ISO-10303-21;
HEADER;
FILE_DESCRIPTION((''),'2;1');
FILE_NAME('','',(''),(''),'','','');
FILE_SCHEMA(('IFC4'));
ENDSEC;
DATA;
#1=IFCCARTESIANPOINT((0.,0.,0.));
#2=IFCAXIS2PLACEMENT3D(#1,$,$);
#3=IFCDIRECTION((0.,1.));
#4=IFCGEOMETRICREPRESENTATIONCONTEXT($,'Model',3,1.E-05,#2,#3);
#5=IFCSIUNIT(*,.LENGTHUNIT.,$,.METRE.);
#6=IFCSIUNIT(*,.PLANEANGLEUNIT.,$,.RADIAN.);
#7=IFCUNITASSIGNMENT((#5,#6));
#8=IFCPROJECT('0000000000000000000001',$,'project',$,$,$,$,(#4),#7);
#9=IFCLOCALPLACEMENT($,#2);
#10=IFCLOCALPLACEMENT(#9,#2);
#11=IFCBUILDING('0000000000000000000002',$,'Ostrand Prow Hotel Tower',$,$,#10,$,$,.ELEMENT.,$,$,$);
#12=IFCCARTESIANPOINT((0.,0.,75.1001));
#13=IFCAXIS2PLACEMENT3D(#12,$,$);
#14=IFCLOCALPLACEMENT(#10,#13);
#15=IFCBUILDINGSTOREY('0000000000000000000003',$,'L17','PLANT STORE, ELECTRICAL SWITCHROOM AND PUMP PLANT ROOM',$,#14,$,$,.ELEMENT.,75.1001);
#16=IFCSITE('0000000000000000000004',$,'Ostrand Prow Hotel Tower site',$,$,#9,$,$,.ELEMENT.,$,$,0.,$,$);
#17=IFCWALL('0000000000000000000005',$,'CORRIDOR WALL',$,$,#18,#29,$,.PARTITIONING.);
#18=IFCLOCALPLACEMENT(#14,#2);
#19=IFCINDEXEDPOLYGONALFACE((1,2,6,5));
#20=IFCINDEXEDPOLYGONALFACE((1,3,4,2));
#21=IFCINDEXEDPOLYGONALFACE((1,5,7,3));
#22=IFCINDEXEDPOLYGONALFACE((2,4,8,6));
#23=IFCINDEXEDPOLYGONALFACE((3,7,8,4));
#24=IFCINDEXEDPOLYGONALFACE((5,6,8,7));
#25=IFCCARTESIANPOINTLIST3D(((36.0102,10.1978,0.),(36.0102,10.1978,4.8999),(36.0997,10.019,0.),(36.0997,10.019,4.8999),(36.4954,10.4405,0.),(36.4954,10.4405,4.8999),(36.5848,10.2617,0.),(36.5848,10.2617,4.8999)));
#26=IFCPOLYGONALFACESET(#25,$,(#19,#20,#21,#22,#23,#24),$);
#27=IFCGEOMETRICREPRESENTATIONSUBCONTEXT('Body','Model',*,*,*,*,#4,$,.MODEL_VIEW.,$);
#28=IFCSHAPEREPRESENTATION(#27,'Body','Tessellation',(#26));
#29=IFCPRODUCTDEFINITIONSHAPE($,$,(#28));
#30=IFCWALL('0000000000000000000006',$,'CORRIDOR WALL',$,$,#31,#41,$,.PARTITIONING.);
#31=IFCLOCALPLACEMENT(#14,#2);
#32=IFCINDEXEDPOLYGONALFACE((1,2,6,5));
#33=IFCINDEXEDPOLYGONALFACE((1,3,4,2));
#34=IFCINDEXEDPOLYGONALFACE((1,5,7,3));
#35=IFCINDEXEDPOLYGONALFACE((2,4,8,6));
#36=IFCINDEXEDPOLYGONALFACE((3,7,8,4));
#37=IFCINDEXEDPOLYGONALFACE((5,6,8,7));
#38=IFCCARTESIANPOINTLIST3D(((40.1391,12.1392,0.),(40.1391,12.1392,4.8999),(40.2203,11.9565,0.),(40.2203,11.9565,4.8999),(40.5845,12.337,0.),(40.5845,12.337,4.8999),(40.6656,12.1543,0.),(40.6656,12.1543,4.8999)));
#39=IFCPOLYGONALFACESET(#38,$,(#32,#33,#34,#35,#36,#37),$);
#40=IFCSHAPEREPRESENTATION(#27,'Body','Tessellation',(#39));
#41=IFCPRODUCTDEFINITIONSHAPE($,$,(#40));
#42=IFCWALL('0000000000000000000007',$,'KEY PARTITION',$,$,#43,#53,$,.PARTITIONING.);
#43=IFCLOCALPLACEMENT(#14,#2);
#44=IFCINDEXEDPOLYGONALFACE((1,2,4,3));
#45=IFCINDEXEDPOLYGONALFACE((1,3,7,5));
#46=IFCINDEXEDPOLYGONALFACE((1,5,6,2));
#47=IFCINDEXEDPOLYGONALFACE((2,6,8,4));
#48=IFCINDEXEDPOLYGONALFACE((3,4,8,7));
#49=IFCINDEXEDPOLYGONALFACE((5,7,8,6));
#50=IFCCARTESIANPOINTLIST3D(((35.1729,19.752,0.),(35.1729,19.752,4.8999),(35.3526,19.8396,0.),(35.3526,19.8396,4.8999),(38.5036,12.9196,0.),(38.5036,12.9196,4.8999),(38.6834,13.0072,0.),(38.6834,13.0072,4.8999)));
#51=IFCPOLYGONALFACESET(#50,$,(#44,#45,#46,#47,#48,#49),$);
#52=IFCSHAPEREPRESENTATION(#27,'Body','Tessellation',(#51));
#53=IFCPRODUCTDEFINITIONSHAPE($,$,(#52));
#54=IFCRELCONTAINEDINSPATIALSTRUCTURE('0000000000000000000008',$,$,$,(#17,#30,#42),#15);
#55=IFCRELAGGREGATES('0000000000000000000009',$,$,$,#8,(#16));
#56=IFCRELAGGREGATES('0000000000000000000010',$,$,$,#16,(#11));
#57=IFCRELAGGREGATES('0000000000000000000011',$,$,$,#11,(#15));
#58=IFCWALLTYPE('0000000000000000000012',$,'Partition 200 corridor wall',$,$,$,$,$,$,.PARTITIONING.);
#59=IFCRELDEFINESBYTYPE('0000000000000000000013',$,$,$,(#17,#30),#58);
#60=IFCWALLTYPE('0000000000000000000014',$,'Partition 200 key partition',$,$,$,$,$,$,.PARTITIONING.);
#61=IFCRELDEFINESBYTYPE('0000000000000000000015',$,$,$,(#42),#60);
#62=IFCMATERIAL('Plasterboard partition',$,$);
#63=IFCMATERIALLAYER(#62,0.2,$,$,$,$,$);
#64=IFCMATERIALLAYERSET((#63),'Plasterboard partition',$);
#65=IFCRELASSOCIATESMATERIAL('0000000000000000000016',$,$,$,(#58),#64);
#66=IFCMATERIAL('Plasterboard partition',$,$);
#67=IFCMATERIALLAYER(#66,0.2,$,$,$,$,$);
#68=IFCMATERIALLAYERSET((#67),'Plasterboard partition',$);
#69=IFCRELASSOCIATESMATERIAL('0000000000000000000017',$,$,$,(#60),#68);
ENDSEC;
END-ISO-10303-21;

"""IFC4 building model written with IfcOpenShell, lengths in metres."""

from ifc_helpers import new_model, si_unit, direction, frame, frame_2d, origin, place, context, subcontext, project, spatial, rectangle, extrude, material, layer, layer_set, type_object, element, save


model = new_model("IFC4")

# Units and contexts
model_context = context("Model", 3, precision=1e-05, world=origin(), true_north=direction((0.0, 1.0)))
body_context = subcontext(model_context, "Body", "Model", "MODEL_VIEW")
ifc_project = project(units=[si_unit("LENGTHUNIT", "METRE"), si_unit("PLANEANGLEUNIT", "RADIAN")], contexts=[model_context])

# Site, building, storey
site_placement = place(None, origin())
site = spatial("IfcSite", under=ifc_project, at=site_placement, Name="Ostrand Prow Hotel Tower site", CompositionType="ELEMENT", RefElevation=0.0)
building_placement = place(site_placement, origin())
building = spatial("IfcBuilding", under=site, at=building_placement, Name="Ostrand Prow Hotel Tower", CompositionType="ELEMENT")
storey_placement = place(building_placement, frame((0.0, 0.0, 75.1001)))
storey = spatial("IfcBuildingStorey", under=building, at=storey_placement, Name="L17", Description="PLANT STORE, ELECTRICAL SWITCHROOM AND PUMP PLANT ROOM", CompositionType="ELEMENT", Elevation=75.1001)

# Shared definitions
ifc_material_1 = material(Name="Plasterboard partition")
ifc_layer_1 = layer(ifc_material_1, 0.2)
ifc_layer_set_1 = layer_set([ifc_layer_1], Name="Plasterboard partition")
wall_type_1 = type_object("IfcWallType", Name="Partition 200 corridor wall", PredefinedType="PARTITIONING", material=ifc_layer_set_1)

# Walls
wall_1_placement = place(storey_placement, frame((36.0549, 10.1084, 0.0), z_axis=(0.0, 0.0, 1.0), x_axis=(0.894337, 0.447394, 0.0)))
element("IfcWall", 1, at=wall_1_placement, inside=storey, type_object=wall_type_1, Name="CORRIDOR WALL", PredefinedType="PARTITIONING", context=body_context, shape_type="SweptSolid", body=[
    extrude(rectangle(XDim=0.5425, YDim=0.2, at=frame_2d((0.2712, 0.0))), origin(), (0.0, 0.0, 1.0), 4.8999),
])
wall_2_placement = place(storey_placement, frame((40.1797, 12.0479, 0.0), z_axis=(0.0, 0.0, 1.0), x_axis=(0.913935, 0.40586, 0.0)))
element("IfcWall", 2, at=wall_2_placement, inside=storey, type_object=wall_type_1, Name="CORRIDOR WALL", PredefinedType="PARTITIONING", context=body_context, shape_type="SweptSolid", body=[
    extrude(rectangle(XDim=0.4873, YDim=0.2, at=frame_2d((0.2437, 0.0))), origin(), (0.0, 0.0, 1.0), 4.8999),
])
ifc_material_2 = material(Name="Plasterboard partition")
ifc_layer_2 = layer(ifc_material_2, 0.2)
ifc_layer_set_2 = layer_set([ifc_layer_2], Name="Plasterboard partition")
wall_type_2 = type_object("IfcWallType", Name="Partition 200 key partition", PredefinedType="PARTITIONING", material=ifc_layer_set_2)
wall_3_placement = place(storey_placement, frame((38.5935, 12.9634, 0.0), z_axis=(0.0, 0.0, 1.0), x_axis=(-0.438198, 0.898879, 0.0)))
element("IfcWall", 3, at=wall_3_placement, inside=storey, type_object=wall_type_2, Name="KEY PARTITION", PredefinedType="PARTITIONING", context=body_context, shape_type="SweptSolid", body=[
    extrude(rectangle(XDim=7.6011, YDim=0.2, at=frame_2d((3.8005, 0.0))), origin(), (0.0, 0.0, 1.0), 4.8999),
])

save(model, "model.ifc")
